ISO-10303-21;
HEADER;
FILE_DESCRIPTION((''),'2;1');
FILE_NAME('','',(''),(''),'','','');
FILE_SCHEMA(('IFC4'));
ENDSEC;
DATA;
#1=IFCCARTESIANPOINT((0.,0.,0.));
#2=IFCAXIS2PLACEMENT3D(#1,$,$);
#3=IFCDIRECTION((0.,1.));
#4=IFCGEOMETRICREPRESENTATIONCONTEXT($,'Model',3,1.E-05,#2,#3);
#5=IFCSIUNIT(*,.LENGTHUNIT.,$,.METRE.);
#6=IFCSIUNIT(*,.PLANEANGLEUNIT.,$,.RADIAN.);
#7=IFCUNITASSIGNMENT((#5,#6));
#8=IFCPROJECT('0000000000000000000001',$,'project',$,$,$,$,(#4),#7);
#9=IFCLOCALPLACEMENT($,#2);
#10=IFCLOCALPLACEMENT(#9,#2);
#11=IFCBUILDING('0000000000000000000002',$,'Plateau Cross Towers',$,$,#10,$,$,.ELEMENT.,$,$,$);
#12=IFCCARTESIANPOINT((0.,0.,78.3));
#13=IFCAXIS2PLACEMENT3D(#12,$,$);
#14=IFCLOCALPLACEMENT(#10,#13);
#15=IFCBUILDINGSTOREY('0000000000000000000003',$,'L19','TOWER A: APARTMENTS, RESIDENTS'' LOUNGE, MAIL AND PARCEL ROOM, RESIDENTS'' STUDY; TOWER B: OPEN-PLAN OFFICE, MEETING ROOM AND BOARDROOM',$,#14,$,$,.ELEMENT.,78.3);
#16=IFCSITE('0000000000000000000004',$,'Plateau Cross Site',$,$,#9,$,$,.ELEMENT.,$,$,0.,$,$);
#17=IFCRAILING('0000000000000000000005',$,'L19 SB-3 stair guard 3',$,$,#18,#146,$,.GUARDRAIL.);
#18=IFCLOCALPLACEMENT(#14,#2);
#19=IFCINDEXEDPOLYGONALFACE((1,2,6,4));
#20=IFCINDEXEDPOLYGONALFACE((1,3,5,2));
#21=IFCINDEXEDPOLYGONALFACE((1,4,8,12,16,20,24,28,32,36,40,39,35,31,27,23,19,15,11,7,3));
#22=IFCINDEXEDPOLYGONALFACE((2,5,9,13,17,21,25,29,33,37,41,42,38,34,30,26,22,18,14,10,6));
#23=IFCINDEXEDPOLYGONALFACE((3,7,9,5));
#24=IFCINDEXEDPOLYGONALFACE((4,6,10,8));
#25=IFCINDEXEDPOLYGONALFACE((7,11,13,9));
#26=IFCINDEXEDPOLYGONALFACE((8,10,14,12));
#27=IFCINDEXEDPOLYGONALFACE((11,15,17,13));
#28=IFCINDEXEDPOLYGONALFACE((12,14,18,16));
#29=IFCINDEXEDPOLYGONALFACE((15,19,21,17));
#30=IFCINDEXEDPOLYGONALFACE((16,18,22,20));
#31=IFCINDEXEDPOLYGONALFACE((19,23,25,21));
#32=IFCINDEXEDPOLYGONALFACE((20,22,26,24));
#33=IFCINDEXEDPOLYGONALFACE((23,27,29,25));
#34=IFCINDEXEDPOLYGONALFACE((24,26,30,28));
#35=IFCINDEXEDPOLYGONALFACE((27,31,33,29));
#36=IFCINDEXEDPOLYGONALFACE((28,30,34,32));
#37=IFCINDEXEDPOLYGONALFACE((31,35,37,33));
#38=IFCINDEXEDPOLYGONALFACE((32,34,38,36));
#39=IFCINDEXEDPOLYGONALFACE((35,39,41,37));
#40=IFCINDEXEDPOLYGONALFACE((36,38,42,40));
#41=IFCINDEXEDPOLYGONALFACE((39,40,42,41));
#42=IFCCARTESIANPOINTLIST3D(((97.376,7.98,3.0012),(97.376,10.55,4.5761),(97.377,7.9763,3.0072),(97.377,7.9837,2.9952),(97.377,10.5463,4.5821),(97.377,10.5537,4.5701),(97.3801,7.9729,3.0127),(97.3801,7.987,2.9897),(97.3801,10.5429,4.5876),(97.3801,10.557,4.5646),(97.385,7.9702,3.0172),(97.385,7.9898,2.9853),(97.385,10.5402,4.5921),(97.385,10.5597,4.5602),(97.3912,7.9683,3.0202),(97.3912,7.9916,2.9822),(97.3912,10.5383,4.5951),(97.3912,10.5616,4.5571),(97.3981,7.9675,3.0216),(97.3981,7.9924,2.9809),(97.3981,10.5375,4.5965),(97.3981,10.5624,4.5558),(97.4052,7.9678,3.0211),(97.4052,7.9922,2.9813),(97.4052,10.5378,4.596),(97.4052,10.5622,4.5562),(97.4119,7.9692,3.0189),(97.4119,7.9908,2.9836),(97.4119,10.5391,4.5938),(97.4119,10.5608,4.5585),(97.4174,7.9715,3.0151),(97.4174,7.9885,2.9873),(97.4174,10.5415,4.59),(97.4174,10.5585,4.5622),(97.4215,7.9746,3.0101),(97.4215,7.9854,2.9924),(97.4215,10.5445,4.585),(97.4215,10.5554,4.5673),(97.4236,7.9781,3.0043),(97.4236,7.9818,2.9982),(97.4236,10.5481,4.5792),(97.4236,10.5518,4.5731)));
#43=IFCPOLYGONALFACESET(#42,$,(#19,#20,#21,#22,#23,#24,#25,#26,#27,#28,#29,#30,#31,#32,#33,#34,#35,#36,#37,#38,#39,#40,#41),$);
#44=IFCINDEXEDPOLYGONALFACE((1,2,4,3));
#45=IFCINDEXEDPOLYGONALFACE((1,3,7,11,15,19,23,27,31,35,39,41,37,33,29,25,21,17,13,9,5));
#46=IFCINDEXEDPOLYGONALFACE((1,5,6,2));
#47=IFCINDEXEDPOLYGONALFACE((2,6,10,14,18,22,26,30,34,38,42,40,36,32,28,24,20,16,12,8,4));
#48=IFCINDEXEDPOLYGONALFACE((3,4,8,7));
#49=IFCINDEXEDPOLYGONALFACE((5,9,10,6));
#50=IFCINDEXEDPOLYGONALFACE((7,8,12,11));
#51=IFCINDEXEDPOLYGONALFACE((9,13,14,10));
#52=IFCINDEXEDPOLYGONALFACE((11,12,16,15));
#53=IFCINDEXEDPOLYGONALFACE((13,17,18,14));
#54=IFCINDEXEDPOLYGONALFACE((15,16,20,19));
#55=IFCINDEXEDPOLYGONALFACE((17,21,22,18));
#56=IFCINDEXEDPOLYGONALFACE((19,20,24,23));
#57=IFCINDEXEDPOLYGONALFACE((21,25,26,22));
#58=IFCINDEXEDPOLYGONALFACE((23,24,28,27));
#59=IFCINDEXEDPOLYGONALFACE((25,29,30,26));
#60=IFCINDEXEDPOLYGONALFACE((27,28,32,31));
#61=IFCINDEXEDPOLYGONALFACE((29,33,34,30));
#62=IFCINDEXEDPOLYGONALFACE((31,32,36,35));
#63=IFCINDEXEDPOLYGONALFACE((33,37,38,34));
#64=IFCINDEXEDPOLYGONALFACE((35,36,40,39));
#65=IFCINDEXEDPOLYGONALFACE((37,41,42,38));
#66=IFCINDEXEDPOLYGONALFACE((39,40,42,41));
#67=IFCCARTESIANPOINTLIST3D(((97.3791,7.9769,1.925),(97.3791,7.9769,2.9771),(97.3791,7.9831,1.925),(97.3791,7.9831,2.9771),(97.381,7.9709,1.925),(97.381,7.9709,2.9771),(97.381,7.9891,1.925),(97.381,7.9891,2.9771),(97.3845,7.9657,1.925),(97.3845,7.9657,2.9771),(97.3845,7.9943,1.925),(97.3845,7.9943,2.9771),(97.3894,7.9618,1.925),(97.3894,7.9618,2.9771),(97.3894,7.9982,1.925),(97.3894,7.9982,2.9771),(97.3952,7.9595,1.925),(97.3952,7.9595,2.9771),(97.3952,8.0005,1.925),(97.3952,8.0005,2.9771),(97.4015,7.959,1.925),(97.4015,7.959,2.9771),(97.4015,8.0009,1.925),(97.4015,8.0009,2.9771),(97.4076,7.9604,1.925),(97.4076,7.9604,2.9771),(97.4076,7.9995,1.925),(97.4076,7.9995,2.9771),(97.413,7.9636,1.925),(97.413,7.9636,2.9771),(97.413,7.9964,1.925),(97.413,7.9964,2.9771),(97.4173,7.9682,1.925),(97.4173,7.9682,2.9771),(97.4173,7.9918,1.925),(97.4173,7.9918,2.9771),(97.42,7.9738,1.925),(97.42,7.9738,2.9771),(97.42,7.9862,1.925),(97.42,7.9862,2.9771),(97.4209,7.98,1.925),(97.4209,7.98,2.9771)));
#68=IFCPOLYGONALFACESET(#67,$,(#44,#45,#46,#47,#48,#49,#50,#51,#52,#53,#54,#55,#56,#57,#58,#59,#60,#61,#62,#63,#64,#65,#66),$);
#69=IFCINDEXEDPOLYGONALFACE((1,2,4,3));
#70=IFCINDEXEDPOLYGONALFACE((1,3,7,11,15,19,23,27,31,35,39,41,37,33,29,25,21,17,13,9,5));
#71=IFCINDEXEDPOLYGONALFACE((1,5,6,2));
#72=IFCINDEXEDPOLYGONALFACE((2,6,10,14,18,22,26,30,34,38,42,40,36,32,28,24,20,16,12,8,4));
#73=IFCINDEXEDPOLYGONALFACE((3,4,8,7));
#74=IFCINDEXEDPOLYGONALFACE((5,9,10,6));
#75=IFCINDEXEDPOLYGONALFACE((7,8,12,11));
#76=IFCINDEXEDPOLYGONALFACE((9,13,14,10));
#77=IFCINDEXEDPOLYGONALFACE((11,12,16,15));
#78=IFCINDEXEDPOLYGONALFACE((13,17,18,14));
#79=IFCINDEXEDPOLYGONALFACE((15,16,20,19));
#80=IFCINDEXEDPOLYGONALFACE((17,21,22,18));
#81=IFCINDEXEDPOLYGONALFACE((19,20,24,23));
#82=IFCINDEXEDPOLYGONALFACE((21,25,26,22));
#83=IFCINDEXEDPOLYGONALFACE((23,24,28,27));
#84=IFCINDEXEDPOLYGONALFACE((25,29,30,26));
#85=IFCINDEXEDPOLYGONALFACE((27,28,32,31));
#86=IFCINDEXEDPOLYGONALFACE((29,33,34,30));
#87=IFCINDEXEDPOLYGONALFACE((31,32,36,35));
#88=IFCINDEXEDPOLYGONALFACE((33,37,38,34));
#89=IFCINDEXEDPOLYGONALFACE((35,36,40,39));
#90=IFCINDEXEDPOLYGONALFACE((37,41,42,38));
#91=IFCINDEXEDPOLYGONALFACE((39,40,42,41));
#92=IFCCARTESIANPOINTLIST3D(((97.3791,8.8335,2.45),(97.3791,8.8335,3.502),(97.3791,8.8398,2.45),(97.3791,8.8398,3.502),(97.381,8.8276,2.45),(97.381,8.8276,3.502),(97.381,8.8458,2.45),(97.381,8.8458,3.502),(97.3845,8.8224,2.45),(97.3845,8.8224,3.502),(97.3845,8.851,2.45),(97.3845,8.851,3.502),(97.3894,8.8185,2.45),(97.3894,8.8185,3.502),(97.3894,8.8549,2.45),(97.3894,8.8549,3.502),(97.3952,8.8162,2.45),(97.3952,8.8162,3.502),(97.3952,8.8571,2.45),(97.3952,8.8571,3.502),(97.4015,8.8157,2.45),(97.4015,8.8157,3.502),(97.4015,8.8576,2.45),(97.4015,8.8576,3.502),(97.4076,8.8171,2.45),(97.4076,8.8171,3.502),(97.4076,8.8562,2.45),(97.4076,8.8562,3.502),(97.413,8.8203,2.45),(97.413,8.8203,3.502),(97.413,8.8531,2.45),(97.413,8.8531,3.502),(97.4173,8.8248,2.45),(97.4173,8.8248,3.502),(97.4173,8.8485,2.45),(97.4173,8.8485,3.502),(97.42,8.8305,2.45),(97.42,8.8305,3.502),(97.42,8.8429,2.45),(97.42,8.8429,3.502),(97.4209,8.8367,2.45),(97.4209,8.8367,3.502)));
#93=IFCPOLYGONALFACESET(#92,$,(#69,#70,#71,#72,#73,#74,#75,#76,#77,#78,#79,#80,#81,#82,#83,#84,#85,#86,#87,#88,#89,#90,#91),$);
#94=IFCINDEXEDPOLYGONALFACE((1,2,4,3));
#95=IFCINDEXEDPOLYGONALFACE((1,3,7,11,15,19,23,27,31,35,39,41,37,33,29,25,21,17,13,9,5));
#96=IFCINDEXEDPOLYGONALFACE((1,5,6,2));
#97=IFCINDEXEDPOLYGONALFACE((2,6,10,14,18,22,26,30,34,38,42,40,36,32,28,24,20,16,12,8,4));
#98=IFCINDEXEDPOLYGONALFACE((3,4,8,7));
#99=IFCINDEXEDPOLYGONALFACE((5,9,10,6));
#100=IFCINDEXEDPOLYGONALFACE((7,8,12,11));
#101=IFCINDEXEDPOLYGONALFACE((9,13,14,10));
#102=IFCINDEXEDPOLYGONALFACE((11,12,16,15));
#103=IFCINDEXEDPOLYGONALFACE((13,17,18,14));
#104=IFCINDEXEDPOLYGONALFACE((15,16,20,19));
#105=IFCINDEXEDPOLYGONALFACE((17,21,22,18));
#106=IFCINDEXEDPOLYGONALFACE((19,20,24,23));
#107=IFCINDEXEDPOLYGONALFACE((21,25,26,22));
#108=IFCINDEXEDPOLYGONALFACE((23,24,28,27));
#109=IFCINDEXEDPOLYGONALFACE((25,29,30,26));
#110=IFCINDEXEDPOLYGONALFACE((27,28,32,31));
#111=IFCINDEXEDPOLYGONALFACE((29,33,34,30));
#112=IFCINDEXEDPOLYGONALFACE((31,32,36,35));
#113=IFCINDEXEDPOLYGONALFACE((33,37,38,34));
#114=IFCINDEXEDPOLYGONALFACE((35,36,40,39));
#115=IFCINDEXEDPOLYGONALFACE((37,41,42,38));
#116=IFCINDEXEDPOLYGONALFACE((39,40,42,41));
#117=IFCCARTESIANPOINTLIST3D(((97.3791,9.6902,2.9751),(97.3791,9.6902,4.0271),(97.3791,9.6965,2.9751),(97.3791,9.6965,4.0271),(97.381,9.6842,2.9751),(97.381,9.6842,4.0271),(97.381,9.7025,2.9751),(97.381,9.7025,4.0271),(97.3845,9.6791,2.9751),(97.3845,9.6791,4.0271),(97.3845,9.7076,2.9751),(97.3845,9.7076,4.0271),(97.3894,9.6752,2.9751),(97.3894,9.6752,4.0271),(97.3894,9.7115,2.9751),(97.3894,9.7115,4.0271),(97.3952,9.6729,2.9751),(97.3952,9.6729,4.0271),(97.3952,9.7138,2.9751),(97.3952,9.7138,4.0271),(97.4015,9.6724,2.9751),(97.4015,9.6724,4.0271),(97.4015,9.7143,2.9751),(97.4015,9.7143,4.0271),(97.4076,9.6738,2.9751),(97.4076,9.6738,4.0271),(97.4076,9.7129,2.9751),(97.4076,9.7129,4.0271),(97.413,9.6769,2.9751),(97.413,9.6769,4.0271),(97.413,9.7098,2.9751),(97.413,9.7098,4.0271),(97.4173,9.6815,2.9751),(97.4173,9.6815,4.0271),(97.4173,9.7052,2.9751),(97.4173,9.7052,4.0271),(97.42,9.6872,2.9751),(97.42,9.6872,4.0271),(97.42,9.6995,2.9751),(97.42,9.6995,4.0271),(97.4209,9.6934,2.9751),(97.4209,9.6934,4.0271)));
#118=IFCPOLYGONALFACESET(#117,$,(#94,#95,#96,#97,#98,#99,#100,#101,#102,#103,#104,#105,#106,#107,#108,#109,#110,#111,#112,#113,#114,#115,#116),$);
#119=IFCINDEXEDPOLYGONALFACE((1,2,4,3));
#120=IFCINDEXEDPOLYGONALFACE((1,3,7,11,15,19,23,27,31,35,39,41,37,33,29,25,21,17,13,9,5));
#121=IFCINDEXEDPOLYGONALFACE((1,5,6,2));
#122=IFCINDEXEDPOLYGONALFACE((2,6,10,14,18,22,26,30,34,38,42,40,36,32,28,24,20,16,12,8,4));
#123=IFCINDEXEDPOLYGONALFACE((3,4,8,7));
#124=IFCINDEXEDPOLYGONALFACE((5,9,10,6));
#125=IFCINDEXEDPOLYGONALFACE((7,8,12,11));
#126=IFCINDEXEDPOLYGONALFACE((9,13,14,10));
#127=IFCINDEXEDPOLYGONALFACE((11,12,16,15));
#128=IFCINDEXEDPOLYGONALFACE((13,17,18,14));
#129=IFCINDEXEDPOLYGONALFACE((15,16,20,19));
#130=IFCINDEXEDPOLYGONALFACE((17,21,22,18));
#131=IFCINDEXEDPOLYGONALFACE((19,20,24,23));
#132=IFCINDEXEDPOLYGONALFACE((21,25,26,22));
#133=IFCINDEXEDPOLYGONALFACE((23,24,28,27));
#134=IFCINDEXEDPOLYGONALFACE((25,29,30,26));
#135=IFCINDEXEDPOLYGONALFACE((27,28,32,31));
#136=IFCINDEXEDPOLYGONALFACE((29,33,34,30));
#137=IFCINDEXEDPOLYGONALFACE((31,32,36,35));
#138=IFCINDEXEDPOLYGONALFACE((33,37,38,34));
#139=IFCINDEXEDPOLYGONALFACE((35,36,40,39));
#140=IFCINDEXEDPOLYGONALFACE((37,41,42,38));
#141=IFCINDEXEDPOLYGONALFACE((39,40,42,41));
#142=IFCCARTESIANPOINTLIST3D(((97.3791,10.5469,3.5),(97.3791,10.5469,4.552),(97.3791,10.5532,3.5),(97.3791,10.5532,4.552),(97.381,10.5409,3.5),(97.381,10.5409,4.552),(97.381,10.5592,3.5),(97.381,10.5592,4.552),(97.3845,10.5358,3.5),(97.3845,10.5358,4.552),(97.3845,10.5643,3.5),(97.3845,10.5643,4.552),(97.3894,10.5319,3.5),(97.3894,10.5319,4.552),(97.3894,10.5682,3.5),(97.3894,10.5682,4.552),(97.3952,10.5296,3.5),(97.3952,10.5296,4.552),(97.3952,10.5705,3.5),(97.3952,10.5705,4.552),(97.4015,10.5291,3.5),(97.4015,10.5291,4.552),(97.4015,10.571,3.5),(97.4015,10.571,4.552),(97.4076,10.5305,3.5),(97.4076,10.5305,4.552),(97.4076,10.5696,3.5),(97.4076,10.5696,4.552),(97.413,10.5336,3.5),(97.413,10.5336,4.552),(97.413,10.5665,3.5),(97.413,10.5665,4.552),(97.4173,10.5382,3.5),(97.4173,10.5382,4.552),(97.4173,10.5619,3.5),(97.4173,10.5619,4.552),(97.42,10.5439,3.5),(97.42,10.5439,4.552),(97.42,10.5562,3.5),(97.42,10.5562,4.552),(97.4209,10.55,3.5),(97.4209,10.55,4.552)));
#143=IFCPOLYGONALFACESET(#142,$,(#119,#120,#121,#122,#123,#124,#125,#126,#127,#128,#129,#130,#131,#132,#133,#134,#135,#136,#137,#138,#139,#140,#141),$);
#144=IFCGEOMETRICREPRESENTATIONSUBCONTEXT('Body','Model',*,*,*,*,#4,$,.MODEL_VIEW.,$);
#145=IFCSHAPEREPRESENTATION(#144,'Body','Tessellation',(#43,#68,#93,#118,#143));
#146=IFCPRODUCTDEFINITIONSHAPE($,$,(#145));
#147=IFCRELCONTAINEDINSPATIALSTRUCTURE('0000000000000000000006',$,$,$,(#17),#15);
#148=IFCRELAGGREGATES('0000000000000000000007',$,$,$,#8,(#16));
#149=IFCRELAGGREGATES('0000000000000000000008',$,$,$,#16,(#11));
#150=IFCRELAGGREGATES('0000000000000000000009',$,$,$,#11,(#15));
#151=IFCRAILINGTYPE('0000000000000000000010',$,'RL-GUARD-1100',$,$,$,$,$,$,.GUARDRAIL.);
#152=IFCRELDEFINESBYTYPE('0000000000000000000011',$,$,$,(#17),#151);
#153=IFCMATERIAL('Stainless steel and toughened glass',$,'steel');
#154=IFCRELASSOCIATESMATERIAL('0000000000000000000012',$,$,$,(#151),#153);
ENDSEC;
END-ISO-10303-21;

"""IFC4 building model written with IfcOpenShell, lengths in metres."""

from ifc_helpers import new_model, si_unit, direction, frame, origin, origin_2d, place, context, subcontext, project, spatial, circle, extrude, material, type_object, element, save


model = new_model("IFC4")

# Units and contexts
model_context = context("Model", 3, precision=1e-05, world=origin(), true_north=direction((0.0, 1.0)))
body_context = subcontext(model_context, "Body", "Model", "MODEL_VIEW")
ifc_project = project(units=[si_unit("LENGTHUNIT", "METRE"), si_unit("PLANEANGLEUNIT", "RADIAN")], contexts=[model_context])

# Site, building, storey
site_placement = place(None, origin())
site = spatial("IfcSite", under=ifc_project, at=site_placement, Name="Plateau Cross Site", CompositionType="ELEMENT", RefElevation=0.0)
building_placement = place(site_placement, origin())
building = spatial("IfcBuilding", under=site, at=building_placement, Name="Plateau Cross Towers", CompositionType="ELEMENT")
storey_placement = place(building_placement, frame((0.0, 0.0, 78.3)))
storey = spatial("IfcBuildingStorey", under=building, at=storey_placement, Name="L19", Description="TOWER A: APARTMENTS, RESIDENTS' LOUNGE, MAIL AND PARCEL ROOM, RESIDENTS' STUDY; TOWER B: OPEN-PLAN OFFICE, MEETING ROOM AND BOARDROOM", CompositionType="ELEMENT", Elevation=78.3)

# Railing
ifc_material_1 = material(Name="Stainless steel and toughened glass", Category="steel")
railing_type_1 = type_object("IfcRailingType", Name="RL-GUARD-1100", PredefinedType="GUARDRAIL", material=ifc_material_1)
railing_1_placement = place(storey_placement, frame((97.3999, 7.98, 1.925)))
element("IfcRailing", 1, at=railing_1_placement, inside=storey, type_object=railing_type_1, Name="L19 SB-3 stair guard 3", PredefinedType="GUARDRAIL", context=body_context, shape_type="SweptSolid", body=[
    extrude(circle(Radius=0.0239, at=origin_2d()), frame((0.0, 0.0, 1.0762), z_axis=(0.0, 0.852639, 0.522501), x_axis=(-1.0, 0.0, 0.0)), (0.0, 0.0, 1.0), 3.0142),
    extrude(circle(Radius=0.021, at=origin_2d()), origin(), (0.0, 0.0, 1.0), 1.052),
    extrude(circle(Radius=0.021, at=origin_2d()), frame((0.0, 0.8567, 0.5249)), (0.0, 0.0, 1.0), 1.052),
    extrude(circle(Radius=0.021, at=origin_2d()), frame((0.0, 1.7134, 1.05)), (0.0, 0.0, 1.0), 1.052),
    extrude(circle(Radius=0.021, at=origin_2d()), frame((0.0, 2.5701, 1.575)), (0.0, 0.0, 1.0), 1.052),
])

save(model, "model.ifc")
